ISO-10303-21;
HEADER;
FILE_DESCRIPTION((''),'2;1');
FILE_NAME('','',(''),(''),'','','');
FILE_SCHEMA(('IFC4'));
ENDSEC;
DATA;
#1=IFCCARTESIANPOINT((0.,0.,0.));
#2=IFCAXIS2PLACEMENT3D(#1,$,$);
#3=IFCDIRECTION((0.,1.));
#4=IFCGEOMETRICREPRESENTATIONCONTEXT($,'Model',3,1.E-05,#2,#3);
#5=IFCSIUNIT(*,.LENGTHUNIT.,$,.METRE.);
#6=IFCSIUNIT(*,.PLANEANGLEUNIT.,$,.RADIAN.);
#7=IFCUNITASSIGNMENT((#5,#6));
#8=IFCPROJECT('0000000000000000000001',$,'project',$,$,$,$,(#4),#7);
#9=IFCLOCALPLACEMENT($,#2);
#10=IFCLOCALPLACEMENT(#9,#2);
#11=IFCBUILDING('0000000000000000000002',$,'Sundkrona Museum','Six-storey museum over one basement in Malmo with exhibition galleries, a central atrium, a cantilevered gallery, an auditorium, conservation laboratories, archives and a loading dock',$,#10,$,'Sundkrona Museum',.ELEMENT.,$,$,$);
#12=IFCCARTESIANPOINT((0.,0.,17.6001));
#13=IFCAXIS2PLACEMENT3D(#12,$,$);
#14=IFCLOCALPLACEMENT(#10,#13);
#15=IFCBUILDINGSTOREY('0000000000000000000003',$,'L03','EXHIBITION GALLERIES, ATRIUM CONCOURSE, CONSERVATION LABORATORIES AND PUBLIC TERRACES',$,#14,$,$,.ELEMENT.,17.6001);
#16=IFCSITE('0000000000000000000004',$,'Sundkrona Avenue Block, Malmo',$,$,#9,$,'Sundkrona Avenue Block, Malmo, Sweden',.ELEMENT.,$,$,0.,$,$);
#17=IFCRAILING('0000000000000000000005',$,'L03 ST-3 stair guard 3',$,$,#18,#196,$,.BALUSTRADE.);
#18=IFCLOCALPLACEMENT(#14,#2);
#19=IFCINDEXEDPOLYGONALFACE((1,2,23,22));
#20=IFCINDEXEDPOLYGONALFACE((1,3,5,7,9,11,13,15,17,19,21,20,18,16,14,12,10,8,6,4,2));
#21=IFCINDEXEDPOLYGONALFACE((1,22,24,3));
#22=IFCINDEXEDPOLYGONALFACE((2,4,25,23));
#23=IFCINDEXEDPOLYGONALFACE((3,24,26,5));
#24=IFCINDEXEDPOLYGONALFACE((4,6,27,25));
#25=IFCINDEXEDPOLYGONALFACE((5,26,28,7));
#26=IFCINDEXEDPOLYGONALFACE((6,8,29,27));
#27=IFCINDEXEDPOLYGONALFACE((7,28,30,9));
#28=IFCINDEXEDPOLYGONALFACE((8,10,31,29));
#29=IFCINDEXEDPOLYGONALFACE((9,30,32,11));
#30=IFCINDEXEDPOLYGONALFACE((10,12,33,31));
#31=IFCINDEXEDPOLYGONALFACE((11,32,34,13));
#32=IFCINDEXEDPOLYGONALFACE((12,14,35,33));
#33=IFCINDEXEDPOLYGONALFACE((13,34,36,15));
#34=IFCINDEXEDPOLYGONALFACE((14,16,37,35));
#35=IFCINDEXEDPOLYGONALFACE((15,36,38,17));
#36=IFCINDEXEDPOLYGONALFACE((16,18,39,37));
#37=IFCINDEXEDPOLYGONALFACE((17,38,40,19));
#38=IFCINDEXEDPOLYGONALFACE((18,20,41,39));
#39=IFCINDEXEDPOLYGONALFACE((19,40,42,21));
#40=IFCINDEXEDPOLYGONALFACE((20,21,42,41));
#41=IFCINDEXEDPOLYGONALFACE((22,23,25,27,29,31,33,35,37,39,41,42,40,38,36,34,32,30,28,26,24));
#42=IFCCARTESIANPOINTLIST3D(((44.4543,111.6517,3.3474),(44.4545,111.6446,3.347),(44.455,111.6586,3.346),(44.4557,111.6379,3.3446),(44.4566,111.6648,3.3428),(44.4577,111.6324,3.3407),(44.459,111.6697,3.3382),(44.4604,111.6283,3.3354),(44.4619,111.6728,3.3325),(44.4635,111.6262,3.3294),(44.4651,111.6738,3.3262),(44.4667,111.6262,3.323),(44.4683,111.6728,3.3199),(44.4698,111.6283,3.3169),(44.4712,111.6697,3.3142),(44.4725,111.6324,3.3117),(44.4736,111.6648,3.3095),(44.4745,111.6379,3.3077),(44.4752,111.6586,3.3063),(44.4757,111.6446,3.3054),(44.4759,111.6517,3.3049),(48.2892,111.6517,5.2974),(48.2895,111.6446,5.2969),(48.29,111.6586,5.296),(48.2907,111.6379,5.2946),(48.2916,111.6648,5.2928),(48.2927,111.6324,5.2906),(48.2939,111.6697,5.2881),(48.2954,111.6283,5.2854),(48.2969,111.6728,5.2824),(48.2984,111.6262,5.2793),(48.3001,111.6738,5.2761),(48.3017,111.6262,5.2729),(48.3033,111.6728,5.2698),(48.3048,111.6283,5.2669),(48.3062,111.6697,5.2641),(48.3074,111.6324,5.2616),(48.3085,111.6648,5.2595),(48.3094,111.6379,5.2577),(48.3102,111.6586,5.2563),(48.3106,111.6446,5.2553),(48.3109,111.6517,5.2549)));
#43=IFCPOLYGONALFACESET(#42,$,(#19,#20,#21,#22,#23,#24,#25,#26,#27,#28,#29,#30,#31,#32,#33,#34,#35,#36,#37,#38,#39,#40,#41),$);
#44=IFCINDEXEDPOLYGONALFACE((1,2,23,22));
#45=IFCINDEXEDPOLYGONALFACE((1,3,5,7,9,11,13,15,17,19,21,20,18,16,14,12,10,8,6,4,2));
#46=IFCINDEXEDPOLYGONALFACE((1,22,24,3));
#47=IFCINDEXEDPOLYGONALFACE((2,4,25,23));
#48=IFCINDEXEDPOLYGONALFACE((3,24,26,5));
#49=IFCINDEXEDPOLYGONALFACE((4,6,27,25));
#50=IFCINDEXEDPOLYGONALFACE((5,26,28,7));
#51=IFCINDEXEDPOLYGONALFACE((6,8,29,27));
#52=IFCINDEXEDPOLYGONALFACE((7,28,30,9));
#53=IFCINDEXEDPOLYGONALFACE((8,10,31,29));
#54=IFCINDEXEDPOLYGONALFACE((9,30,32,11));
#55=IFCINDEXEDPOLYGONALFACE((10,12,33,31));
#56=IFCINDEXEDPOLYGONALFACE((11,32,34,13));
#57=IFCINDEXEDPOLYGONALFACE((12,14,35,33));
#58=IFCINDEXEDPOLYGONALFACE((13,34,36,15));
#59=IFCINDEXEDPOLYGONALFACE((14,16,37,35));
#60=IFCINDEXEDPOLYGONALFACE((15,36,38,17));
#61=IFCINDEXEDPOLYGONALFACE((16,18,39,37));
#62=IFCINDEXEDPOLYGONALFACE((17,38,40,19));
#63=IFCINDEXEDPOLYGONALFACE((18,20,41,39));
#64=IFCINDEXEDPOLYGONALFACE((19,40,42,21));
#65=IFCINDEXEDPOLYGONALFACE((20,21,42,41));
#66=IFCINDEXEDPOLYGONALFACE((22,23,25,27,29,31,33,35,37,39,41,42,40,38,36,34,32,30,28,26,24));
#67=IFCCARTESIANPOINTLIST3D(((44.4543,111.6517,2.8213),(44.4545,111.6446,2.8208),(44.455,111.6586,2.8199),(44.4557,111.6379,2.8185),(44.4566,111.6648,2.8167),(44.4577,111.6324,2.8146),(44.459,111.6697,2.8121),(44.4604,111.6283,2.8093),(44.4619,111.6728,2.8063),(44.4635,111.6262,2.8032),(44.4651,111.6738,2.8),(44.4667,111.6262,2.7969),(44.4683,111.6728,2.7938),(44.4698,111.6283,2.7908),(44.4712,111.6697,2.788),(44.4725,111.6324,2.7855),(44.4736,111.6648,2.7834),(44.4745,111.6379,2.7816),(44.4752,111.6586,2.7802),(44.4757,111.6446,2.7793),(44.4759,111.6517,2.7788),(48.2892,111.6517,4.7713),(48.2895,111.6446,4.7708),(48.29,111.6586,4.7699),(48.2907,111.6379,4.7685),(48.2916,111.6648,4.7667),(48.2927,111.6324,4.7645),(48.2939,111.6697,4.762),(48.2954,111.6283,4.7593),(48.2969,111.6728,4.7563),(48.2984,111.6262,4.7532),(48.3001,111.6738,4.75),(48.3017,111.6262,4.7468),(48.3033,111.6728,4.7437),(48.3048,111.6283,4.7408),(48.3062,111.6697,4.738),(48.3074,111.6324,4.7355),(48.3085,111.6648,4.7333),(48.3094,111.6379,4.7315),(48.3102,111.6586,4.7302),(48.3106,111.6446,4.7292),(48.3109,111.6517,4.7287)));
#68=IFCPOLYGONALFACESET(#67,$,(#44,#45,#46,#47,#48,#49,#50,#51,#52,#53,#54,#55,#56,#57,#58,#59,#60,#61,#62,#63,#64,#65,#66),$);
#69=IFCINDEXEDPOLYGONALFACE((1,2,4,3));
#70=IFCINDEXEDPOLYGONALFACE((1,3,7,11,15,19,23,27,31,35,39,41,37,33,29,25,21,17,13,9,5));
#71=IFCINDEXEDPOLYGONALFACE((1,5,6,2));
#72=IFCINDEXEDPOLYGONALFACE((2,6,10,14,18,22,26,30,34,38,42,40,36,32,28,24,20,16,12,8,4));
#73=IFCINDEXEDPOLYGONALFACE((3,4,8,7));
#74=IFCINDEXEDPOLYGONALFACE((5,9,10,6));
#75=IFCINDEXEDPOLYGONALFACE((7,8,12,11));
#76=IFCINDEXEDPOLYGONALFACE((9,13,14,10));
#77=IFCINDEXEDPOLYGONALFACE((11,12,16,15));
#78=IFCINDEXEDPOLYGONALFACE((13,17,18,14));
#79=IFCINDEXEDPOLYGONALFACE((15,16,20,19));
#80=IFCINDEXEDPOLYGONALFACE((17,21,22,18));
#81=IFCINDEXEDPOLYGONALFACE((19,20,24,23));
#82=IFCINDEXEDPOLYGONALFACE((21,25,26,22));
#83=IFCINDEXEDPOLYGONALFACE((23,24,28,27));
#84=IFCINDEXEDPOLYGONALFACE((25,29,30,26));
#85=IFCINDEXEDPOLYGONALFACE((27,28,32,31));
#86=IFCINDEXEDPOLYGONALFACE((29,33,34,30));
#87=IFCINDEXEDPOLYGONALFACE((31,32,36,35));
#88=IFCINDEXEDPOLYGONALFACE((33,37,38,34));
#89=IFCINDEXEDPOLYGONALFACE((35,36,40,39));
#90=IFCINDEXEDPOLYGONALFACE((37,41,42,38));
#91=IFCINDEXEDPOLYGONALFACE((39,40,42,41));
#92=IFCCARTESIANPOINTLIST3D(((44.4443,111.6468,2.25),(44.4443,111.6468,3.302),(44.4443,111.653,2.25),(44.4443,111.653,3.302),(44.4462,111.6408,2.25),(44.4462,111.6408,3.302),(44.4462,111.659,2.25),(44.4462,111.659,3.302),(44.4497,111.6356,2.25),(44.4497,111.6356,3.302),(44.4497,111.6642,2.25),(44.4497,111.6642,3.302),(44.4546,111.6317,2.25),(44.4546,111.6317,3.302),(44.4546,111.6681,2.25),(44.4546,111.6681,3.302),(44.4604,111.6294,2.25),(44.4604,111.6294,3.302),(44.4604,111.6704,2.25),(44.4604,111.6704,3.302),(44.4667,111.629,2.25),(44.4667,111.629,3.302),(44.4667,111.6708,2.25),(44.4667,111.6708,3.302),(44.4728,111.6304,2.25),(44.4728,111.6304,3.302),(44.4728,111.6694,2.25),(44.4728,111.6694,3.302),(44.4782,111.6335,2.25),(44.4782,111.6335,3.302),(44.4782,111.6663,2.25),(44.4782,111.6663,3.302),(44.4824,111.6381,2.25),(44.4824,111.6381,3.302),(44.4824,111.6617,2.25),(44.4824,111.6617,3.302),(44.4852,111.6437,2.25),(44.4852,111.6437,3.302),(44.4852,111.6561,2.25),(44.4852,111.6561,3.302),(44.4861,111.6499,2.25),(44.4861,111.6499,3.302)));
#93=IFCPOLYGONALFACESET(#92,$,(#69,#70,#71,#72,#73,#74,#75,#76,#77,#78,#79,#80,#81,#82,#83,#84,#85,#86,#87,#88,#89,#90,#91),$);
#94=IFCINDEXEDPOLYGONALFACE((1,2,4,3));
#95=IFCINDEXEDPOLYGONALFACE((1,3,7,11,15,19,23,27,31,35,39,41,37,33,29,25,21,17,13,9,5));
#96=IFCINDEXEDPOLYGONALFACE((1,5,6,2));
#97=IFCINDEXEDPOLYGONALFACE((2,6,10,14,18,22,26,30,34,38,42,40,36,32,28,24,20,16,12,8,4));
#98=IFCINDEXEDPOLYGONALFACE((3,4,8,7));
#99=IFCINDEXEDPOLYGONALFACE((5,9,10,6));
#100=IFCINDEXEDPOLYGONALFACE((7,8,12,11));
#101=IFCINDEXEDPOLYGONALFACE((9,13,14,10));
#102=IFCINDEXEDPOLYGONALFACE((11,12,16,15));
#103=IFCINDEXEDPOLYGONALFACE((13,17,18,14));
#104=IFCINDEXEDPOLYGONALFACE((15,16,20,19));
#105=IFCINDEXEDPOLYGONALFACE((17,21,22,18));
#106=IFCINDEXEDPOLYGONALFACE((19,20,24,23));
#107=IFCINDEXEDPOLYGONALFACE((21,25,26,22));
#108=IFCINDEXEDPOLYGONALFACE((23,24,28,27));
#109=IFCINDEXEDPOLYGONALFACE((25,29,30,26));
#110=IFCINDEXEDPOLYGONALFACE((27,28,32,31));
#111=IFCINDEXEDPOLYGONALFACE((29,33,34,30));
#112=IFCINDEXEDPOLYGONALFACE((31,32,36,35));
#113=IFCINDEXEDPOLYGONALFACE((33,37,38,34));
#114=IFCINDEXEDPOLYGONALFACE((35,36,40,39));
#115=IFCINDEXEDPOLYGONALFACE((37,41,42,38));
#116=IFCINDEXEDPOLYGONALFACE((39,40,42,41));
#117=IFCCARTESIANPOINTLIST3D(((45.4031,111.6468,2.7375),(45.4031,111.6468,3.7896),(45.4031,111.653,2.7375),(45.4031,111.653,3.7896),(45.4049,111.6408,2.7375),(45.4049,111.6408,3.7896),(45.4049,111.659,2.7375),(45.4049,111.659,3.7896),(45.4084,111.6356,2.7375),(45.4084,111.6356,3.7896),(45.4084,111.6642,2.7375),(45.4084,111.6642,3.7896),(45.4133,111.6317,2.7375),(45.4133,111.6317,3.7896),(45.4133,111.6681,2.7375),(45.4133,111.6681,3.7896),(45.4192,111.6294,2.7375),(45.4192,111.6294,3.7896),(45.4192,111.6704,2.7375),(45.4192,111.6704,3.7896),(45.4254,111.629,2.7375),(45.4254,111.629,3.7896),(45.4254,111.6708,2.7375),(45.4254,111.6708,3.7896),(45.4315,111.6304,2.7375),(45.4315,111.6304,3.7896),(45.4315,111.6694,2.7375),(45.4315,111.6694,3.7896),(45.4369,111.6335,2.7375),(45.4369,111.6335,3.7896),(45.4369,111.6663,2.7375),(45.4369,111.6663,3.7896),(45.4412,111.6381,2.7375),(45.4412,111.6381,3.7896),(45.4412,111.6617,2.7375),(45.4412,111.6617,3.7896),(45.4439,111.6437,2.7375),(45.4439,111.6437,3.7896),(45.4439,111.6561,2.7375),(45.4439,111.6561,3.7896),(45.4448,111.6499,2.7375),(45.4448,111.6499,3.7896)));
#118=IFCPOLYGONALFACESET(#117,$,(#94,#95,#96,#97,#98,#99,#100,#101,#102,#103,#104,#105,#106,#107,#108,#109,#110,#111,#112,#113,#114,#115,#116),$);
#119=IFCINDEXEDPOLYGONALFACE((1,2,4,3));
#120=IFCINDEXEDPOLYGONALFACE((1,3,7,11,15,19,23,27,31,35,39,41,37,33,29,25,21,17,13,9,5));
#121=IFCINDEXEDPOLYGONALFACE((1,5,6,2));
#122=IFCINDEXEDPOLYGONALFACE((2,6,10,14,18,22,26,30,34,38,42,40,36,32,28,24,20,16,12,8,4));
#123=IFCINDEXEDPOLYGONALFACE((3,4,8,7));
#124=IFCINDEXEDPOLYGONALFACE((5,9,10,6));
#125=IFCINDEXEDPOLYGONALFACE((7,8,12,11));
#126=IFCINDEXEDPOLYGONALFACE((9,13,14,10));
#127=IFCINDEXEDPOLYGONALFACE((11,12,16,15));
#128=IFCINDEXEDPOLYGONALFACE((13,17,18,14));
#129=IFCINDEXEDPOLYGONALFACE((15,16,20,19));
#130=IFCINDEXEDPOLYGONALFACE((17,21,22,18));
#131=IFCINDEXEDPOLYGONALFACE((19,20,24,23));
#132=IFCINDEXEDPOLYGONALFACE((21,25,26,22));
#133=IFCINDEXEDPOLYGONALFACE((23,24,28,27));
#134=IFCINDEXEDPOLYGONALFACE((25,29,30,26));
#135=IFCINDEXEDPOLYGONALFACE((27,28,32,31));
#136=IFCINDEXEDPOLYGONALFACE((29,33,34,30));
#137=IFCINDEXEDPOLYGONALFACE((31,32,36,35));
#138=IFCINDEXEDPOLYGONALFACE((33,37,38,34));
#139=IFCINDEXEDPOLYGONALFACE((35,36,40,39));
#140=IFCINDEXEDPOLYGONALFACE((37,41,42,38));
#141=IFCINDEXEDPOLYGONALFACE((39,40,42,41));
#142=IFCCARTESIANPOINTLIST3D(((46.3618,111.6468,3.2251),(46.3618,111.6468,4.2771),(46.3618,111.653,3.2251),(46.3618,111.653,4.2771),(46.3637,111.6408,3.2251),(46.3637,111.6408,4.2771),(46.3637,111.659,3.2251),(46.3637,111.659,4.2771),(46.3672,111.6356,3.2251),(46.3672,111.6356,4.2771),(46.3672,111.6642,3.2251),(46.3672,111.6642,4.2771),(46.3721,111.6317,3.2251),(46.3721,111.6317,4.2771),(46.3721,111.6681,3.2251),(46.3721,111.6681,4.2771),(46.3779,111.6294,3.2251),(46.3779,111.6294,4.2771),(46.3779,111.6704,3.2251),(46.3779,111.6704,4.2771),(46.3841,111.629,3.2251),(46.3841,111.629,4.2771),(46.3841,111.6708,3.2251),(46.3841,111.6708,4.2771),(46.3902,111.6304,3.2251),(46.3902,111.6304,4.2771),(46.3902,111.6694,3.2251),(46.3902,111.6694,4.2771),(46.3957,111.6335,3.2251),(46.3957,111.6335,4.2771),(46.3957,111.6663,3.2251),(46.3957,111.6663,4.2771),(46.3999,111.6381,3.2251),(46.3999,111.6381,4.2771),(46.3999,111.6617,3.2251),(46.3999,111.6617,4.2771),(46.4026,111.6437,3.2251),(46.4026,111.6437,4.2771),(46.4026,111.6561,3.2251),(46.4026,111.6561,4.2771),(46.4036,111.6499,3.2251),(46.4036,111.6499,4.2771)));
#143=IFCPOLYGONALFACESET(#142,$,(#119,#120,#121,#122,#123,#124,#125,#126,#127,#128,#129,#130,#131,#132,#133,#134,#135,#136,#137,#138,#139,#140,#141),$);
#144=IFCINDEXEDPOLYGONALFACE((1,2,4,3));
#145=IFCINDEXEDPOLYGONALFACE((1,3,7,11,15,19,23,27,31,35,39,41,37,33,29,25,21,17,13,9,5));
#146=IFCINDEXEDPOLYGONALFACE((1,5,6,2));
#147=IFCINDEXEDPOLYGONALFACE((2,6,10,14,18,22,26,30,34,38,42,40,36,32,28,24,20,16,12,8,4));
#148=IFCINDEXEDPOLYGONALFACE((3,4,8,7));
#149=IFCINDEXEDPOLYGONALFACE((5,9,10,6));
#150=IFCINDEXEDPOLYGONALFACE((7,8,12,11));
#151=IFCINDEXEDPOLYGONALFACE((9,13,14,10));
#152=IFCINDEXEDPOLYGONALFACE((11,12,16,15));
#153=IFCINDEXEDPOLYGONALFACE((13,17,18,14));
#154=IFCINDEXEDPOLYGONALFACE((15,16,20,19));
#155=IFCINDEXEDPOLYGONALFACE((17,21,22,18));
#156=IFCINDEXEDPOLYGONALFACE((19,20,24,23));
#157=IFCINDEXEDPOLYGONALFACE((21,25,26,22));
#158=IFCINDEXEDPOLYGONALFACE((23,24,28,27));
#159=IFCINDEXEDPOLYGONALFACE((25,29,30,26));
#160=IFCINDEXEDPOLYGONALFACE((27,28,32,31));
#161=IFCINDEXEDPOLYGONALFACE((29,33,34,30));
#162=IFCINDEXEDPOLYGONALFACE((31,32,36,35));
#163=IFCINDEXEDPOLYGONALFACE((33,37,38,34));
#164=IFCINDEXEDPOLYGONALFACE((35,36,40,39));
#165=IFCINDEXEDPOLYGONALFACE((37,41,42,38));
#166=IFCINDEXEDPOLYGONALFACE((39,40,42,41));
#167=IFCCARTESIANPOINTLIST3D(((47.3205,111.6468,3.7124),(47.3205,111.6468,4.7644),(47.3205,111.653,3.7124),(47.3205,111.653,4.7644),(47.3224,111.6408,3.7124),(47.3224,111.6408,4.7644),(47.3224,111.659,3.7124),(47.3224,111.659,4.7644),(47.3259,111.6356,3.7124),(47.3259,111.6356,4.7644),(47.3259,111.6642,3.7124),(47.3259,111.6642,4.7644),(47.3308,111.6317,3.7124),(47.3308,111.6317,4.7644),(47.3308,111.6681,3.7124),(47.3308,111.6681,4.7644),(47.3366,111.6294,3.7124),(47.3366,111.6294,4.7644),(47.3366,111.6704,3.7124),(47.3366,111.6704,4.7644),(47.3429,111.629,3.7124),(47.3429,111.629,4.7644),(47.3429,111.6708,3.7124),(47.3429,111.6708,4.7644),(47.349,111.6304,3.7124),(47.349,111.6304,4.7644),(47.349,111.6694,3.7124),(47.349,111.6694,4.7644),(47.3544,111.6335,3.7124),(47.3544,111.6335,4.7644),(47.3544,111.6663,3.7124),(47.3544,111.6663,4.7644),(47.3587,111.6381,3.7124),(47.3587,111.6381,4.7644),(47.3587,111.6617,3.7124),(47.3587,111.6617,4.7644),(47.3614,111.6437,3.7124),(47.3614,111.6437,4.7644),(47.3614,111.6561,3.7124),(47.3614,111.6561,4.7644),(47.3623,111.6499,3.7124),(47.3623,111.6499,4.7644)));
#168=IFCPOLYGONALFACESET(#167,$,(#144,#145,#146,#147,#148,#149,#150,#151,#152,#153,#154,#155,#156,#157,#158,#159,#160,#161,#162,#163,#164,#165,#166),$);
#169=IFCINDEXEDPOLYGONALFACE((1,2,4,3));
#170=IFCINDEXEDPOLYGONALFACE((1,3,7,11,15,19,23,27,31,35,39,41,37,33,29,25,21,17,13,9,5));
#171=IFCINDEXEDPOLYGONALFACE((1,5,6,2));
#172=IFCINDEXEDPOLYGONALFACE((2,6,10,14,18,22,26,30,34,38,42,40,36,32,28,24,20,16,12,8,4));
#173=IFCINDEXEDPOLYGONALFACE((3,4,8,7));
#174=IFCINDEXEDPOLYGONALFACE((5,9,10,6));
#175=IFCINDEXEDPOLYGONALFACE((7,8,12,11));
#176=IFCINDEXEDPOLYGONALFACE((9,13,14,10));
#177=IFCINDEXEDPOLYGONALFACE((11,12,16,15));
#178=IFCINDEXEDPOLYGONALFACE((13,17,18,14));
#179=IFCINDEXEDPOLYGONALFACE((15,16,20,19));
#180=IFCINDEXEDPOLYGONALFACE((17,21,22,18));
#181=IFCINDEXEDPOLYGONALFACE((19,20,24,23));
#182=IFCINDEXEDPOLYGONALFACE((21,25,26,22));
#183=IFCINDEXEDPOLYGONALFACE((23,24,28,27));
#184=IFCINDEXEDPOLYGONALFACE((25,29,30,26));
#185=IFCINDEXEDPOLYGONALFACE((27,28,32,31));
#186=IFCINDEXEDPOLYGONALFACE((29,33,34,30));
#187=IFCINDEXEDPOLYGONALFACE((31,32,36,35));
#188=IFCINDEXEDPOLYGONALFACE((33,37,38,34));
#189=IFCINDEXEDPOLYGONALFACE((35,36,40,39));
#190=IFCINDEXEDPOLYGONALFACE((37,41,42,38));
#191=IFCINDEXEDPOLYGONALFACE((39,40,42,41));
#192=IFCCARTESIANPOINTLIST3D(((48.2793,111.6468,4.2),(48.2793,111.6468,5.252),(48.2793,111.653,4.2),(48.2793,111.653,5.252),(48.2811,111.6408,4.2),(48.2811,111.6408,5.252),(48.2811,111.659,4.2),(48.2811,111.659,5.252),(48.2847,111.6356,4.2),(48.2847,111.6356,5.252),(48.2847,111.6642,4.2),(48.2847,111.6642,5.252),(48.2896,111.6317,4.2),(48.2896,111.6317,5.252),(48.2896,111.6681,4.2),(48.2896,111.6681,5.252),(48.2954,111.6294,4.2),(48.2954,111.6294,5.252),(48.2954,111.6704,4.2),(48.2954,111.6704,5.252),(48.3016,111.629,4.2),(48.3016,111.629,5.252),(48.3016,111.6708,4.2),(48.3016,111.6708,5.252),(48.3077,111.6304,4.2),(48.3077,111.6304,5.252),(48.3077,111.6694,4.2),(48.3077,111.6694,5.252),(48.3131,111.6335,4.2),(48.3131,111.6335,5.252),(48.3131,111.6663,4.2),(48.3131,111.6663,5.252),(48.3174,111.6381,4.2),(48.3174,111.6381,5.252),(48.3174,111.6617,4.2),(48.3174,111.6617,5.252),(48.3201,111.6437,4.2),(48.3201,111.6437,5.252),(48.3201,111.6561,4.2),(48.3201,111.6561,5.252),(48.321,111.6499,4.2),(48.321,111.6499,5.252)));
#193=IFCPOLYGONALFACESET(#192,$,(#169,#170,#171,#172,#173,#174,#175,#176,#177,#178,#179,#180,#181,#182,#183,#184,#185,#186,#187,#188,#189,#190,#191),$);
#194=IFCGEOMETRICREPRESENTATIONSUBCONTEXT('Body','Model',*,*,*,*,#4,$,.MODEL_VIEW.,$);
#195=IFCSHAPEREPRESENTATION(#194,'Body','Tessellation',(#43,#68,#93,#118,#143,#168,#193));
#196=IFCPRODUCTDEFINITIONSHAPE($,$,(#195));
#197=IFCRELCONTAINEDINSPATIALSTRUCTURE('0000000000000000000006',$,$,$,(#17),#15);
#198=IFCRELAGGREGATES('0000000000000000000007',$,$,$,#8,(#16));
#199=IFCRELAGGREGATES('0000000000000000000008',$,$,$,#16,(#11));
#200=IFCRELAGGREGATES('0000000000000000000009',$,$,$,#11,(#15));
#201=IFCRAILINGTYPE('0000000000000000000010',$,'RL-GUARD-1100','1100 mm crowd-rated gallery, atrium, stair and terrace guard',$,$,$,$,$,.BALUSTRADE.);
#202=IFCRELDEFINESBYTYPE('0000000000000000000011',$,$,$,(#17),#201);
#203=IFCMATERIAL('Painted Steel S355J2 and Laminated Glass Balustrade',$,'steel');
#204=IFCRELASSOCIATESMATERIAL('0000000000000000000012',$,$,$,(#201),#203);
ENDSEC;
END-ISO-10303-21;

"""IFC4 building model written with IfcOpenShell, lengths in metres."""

from ifc_helpers import new_model, si_unit, direction, frame, origin, origin_2d, place, context, subcontext, project, spatial, circle, extrude, material, type_object, element, save


model = new_model("IFC4")

# Units and contexts
model_context = context("Model", 3, precision=1e-05, world=origin(), true_north=direction((0.0, 1.0)))
body_context = subcontext(model_context, "Body", "Model", "MODEL_VIEW")
ifc_project = project(units=[si_unit("LENGTHUNIT", "METRE"), si_unit("PLANEANGLEUNIT", "RADIAN")], contexts=[model_context])

# Site, building, storey
site_placement = place(None, origin())
site = spatial("IfcSite", under=ifc_project, at=site_placement, Name="Sundkrona Avenue Block, Malmo", LongName="Sundkrona Avenue Block, Malmo, Sweden", CompositionType="ELEMENT", RefElevation=0.0)
building_placement = place(site_placement, origin())
building = spatial("IfcBuilding", under=site, at=building_placement, Name="Sundkrona Museum", Description="Six-storey museum over one basement in Malmo with exhibition galleries, a central atrium, a cantilevered gallery, an auditorium, conservation laboratories, archives and a loading dock", LongName="Sundkrona Museum", CompositionType="ELEMENT")
storey_placement = place(building_placement, frame((0.0, 0.0, 17.6001)))
storey = spatial("IfcBuildingStorey", under=building, at=storey_placement, Name="L03", Description="EXHIBITION GALLERIES, ATRIUM CONCOURSE, CONSERVATION LABORATORIES AND PUBLIC TERRACES", CompositionType="ELEMENT", Elevation=17.6001)

# Railing
ifc_material_1 = material(Name="Painted Steel S355J2 and Laminated Glass Balustrade", Category="steel")
railing_type_1 = type_object("IfcRailingType", Name="RL-GUARD-1100", Description="1100 mm crowd-rated gallery, atrium, stair and terrace guard", PredefinedType="BALUSTRADE", material=ifc_material_1)
railing_1_placement = place(storey_placement, frame((44.4651, 111.6499, 2.25)))
element("IfcRailing", 1, at=railing_1_placement, inside=storey, type_object=railing_type_1, Name="L03 ST-3 stair guard 3", PredefinedType="BALUSTRADE", context=body_context, shape_type="SweptSolid", body=[
    extrude(circle(Radius=0.0239, at=origin_2d()), frame((0.0, 0.0, 1.0762), z_axis=(0.891388, 0.0, 0.453241), x_axis=(0.0, 1.0, 0.0)), (0.0, 0.0, 1.0), 4.3022),
    extrude(circle(Radius=0.0239, at=origin_2d()), frame((0.0, 0.0, 0.55), z_axis=(0.891388, 0.0, 0.453241), x_axis=(0.0, 1.0, 0.0)), (0.0, 0.0, 1.0), 4.3022),
    extrude(circle(Radius=0.021, at=origin_2d()), origin(), (0.0, 0.0, 1.0), 1.052),
    extrude(circle(Radius=0.021, at=origin_2d()), frame((0.9587, 0.0, 0.4875)), (0.0, 0.0, 1.0), 1.052),
    extrude(circle(Radius=0.021, at=origin_2d()), frame((1.9175, 0.0, 0.9751)), (0.0, 0.0, 1.0), 1.052),
    extrude(circle(Radius=0.021, at=origin_2d()), frame((2.8762, 0.0, 1.4624)), (0.0, 0.0, 1.0), 1.052),
    extrude(circle(Radius=0.021, at=origin_2d()), frame((3.835, 0.0, 1.95)), (0.0, 0.0, 1.0), 1.052),
])

save(model, "model.ifc")
